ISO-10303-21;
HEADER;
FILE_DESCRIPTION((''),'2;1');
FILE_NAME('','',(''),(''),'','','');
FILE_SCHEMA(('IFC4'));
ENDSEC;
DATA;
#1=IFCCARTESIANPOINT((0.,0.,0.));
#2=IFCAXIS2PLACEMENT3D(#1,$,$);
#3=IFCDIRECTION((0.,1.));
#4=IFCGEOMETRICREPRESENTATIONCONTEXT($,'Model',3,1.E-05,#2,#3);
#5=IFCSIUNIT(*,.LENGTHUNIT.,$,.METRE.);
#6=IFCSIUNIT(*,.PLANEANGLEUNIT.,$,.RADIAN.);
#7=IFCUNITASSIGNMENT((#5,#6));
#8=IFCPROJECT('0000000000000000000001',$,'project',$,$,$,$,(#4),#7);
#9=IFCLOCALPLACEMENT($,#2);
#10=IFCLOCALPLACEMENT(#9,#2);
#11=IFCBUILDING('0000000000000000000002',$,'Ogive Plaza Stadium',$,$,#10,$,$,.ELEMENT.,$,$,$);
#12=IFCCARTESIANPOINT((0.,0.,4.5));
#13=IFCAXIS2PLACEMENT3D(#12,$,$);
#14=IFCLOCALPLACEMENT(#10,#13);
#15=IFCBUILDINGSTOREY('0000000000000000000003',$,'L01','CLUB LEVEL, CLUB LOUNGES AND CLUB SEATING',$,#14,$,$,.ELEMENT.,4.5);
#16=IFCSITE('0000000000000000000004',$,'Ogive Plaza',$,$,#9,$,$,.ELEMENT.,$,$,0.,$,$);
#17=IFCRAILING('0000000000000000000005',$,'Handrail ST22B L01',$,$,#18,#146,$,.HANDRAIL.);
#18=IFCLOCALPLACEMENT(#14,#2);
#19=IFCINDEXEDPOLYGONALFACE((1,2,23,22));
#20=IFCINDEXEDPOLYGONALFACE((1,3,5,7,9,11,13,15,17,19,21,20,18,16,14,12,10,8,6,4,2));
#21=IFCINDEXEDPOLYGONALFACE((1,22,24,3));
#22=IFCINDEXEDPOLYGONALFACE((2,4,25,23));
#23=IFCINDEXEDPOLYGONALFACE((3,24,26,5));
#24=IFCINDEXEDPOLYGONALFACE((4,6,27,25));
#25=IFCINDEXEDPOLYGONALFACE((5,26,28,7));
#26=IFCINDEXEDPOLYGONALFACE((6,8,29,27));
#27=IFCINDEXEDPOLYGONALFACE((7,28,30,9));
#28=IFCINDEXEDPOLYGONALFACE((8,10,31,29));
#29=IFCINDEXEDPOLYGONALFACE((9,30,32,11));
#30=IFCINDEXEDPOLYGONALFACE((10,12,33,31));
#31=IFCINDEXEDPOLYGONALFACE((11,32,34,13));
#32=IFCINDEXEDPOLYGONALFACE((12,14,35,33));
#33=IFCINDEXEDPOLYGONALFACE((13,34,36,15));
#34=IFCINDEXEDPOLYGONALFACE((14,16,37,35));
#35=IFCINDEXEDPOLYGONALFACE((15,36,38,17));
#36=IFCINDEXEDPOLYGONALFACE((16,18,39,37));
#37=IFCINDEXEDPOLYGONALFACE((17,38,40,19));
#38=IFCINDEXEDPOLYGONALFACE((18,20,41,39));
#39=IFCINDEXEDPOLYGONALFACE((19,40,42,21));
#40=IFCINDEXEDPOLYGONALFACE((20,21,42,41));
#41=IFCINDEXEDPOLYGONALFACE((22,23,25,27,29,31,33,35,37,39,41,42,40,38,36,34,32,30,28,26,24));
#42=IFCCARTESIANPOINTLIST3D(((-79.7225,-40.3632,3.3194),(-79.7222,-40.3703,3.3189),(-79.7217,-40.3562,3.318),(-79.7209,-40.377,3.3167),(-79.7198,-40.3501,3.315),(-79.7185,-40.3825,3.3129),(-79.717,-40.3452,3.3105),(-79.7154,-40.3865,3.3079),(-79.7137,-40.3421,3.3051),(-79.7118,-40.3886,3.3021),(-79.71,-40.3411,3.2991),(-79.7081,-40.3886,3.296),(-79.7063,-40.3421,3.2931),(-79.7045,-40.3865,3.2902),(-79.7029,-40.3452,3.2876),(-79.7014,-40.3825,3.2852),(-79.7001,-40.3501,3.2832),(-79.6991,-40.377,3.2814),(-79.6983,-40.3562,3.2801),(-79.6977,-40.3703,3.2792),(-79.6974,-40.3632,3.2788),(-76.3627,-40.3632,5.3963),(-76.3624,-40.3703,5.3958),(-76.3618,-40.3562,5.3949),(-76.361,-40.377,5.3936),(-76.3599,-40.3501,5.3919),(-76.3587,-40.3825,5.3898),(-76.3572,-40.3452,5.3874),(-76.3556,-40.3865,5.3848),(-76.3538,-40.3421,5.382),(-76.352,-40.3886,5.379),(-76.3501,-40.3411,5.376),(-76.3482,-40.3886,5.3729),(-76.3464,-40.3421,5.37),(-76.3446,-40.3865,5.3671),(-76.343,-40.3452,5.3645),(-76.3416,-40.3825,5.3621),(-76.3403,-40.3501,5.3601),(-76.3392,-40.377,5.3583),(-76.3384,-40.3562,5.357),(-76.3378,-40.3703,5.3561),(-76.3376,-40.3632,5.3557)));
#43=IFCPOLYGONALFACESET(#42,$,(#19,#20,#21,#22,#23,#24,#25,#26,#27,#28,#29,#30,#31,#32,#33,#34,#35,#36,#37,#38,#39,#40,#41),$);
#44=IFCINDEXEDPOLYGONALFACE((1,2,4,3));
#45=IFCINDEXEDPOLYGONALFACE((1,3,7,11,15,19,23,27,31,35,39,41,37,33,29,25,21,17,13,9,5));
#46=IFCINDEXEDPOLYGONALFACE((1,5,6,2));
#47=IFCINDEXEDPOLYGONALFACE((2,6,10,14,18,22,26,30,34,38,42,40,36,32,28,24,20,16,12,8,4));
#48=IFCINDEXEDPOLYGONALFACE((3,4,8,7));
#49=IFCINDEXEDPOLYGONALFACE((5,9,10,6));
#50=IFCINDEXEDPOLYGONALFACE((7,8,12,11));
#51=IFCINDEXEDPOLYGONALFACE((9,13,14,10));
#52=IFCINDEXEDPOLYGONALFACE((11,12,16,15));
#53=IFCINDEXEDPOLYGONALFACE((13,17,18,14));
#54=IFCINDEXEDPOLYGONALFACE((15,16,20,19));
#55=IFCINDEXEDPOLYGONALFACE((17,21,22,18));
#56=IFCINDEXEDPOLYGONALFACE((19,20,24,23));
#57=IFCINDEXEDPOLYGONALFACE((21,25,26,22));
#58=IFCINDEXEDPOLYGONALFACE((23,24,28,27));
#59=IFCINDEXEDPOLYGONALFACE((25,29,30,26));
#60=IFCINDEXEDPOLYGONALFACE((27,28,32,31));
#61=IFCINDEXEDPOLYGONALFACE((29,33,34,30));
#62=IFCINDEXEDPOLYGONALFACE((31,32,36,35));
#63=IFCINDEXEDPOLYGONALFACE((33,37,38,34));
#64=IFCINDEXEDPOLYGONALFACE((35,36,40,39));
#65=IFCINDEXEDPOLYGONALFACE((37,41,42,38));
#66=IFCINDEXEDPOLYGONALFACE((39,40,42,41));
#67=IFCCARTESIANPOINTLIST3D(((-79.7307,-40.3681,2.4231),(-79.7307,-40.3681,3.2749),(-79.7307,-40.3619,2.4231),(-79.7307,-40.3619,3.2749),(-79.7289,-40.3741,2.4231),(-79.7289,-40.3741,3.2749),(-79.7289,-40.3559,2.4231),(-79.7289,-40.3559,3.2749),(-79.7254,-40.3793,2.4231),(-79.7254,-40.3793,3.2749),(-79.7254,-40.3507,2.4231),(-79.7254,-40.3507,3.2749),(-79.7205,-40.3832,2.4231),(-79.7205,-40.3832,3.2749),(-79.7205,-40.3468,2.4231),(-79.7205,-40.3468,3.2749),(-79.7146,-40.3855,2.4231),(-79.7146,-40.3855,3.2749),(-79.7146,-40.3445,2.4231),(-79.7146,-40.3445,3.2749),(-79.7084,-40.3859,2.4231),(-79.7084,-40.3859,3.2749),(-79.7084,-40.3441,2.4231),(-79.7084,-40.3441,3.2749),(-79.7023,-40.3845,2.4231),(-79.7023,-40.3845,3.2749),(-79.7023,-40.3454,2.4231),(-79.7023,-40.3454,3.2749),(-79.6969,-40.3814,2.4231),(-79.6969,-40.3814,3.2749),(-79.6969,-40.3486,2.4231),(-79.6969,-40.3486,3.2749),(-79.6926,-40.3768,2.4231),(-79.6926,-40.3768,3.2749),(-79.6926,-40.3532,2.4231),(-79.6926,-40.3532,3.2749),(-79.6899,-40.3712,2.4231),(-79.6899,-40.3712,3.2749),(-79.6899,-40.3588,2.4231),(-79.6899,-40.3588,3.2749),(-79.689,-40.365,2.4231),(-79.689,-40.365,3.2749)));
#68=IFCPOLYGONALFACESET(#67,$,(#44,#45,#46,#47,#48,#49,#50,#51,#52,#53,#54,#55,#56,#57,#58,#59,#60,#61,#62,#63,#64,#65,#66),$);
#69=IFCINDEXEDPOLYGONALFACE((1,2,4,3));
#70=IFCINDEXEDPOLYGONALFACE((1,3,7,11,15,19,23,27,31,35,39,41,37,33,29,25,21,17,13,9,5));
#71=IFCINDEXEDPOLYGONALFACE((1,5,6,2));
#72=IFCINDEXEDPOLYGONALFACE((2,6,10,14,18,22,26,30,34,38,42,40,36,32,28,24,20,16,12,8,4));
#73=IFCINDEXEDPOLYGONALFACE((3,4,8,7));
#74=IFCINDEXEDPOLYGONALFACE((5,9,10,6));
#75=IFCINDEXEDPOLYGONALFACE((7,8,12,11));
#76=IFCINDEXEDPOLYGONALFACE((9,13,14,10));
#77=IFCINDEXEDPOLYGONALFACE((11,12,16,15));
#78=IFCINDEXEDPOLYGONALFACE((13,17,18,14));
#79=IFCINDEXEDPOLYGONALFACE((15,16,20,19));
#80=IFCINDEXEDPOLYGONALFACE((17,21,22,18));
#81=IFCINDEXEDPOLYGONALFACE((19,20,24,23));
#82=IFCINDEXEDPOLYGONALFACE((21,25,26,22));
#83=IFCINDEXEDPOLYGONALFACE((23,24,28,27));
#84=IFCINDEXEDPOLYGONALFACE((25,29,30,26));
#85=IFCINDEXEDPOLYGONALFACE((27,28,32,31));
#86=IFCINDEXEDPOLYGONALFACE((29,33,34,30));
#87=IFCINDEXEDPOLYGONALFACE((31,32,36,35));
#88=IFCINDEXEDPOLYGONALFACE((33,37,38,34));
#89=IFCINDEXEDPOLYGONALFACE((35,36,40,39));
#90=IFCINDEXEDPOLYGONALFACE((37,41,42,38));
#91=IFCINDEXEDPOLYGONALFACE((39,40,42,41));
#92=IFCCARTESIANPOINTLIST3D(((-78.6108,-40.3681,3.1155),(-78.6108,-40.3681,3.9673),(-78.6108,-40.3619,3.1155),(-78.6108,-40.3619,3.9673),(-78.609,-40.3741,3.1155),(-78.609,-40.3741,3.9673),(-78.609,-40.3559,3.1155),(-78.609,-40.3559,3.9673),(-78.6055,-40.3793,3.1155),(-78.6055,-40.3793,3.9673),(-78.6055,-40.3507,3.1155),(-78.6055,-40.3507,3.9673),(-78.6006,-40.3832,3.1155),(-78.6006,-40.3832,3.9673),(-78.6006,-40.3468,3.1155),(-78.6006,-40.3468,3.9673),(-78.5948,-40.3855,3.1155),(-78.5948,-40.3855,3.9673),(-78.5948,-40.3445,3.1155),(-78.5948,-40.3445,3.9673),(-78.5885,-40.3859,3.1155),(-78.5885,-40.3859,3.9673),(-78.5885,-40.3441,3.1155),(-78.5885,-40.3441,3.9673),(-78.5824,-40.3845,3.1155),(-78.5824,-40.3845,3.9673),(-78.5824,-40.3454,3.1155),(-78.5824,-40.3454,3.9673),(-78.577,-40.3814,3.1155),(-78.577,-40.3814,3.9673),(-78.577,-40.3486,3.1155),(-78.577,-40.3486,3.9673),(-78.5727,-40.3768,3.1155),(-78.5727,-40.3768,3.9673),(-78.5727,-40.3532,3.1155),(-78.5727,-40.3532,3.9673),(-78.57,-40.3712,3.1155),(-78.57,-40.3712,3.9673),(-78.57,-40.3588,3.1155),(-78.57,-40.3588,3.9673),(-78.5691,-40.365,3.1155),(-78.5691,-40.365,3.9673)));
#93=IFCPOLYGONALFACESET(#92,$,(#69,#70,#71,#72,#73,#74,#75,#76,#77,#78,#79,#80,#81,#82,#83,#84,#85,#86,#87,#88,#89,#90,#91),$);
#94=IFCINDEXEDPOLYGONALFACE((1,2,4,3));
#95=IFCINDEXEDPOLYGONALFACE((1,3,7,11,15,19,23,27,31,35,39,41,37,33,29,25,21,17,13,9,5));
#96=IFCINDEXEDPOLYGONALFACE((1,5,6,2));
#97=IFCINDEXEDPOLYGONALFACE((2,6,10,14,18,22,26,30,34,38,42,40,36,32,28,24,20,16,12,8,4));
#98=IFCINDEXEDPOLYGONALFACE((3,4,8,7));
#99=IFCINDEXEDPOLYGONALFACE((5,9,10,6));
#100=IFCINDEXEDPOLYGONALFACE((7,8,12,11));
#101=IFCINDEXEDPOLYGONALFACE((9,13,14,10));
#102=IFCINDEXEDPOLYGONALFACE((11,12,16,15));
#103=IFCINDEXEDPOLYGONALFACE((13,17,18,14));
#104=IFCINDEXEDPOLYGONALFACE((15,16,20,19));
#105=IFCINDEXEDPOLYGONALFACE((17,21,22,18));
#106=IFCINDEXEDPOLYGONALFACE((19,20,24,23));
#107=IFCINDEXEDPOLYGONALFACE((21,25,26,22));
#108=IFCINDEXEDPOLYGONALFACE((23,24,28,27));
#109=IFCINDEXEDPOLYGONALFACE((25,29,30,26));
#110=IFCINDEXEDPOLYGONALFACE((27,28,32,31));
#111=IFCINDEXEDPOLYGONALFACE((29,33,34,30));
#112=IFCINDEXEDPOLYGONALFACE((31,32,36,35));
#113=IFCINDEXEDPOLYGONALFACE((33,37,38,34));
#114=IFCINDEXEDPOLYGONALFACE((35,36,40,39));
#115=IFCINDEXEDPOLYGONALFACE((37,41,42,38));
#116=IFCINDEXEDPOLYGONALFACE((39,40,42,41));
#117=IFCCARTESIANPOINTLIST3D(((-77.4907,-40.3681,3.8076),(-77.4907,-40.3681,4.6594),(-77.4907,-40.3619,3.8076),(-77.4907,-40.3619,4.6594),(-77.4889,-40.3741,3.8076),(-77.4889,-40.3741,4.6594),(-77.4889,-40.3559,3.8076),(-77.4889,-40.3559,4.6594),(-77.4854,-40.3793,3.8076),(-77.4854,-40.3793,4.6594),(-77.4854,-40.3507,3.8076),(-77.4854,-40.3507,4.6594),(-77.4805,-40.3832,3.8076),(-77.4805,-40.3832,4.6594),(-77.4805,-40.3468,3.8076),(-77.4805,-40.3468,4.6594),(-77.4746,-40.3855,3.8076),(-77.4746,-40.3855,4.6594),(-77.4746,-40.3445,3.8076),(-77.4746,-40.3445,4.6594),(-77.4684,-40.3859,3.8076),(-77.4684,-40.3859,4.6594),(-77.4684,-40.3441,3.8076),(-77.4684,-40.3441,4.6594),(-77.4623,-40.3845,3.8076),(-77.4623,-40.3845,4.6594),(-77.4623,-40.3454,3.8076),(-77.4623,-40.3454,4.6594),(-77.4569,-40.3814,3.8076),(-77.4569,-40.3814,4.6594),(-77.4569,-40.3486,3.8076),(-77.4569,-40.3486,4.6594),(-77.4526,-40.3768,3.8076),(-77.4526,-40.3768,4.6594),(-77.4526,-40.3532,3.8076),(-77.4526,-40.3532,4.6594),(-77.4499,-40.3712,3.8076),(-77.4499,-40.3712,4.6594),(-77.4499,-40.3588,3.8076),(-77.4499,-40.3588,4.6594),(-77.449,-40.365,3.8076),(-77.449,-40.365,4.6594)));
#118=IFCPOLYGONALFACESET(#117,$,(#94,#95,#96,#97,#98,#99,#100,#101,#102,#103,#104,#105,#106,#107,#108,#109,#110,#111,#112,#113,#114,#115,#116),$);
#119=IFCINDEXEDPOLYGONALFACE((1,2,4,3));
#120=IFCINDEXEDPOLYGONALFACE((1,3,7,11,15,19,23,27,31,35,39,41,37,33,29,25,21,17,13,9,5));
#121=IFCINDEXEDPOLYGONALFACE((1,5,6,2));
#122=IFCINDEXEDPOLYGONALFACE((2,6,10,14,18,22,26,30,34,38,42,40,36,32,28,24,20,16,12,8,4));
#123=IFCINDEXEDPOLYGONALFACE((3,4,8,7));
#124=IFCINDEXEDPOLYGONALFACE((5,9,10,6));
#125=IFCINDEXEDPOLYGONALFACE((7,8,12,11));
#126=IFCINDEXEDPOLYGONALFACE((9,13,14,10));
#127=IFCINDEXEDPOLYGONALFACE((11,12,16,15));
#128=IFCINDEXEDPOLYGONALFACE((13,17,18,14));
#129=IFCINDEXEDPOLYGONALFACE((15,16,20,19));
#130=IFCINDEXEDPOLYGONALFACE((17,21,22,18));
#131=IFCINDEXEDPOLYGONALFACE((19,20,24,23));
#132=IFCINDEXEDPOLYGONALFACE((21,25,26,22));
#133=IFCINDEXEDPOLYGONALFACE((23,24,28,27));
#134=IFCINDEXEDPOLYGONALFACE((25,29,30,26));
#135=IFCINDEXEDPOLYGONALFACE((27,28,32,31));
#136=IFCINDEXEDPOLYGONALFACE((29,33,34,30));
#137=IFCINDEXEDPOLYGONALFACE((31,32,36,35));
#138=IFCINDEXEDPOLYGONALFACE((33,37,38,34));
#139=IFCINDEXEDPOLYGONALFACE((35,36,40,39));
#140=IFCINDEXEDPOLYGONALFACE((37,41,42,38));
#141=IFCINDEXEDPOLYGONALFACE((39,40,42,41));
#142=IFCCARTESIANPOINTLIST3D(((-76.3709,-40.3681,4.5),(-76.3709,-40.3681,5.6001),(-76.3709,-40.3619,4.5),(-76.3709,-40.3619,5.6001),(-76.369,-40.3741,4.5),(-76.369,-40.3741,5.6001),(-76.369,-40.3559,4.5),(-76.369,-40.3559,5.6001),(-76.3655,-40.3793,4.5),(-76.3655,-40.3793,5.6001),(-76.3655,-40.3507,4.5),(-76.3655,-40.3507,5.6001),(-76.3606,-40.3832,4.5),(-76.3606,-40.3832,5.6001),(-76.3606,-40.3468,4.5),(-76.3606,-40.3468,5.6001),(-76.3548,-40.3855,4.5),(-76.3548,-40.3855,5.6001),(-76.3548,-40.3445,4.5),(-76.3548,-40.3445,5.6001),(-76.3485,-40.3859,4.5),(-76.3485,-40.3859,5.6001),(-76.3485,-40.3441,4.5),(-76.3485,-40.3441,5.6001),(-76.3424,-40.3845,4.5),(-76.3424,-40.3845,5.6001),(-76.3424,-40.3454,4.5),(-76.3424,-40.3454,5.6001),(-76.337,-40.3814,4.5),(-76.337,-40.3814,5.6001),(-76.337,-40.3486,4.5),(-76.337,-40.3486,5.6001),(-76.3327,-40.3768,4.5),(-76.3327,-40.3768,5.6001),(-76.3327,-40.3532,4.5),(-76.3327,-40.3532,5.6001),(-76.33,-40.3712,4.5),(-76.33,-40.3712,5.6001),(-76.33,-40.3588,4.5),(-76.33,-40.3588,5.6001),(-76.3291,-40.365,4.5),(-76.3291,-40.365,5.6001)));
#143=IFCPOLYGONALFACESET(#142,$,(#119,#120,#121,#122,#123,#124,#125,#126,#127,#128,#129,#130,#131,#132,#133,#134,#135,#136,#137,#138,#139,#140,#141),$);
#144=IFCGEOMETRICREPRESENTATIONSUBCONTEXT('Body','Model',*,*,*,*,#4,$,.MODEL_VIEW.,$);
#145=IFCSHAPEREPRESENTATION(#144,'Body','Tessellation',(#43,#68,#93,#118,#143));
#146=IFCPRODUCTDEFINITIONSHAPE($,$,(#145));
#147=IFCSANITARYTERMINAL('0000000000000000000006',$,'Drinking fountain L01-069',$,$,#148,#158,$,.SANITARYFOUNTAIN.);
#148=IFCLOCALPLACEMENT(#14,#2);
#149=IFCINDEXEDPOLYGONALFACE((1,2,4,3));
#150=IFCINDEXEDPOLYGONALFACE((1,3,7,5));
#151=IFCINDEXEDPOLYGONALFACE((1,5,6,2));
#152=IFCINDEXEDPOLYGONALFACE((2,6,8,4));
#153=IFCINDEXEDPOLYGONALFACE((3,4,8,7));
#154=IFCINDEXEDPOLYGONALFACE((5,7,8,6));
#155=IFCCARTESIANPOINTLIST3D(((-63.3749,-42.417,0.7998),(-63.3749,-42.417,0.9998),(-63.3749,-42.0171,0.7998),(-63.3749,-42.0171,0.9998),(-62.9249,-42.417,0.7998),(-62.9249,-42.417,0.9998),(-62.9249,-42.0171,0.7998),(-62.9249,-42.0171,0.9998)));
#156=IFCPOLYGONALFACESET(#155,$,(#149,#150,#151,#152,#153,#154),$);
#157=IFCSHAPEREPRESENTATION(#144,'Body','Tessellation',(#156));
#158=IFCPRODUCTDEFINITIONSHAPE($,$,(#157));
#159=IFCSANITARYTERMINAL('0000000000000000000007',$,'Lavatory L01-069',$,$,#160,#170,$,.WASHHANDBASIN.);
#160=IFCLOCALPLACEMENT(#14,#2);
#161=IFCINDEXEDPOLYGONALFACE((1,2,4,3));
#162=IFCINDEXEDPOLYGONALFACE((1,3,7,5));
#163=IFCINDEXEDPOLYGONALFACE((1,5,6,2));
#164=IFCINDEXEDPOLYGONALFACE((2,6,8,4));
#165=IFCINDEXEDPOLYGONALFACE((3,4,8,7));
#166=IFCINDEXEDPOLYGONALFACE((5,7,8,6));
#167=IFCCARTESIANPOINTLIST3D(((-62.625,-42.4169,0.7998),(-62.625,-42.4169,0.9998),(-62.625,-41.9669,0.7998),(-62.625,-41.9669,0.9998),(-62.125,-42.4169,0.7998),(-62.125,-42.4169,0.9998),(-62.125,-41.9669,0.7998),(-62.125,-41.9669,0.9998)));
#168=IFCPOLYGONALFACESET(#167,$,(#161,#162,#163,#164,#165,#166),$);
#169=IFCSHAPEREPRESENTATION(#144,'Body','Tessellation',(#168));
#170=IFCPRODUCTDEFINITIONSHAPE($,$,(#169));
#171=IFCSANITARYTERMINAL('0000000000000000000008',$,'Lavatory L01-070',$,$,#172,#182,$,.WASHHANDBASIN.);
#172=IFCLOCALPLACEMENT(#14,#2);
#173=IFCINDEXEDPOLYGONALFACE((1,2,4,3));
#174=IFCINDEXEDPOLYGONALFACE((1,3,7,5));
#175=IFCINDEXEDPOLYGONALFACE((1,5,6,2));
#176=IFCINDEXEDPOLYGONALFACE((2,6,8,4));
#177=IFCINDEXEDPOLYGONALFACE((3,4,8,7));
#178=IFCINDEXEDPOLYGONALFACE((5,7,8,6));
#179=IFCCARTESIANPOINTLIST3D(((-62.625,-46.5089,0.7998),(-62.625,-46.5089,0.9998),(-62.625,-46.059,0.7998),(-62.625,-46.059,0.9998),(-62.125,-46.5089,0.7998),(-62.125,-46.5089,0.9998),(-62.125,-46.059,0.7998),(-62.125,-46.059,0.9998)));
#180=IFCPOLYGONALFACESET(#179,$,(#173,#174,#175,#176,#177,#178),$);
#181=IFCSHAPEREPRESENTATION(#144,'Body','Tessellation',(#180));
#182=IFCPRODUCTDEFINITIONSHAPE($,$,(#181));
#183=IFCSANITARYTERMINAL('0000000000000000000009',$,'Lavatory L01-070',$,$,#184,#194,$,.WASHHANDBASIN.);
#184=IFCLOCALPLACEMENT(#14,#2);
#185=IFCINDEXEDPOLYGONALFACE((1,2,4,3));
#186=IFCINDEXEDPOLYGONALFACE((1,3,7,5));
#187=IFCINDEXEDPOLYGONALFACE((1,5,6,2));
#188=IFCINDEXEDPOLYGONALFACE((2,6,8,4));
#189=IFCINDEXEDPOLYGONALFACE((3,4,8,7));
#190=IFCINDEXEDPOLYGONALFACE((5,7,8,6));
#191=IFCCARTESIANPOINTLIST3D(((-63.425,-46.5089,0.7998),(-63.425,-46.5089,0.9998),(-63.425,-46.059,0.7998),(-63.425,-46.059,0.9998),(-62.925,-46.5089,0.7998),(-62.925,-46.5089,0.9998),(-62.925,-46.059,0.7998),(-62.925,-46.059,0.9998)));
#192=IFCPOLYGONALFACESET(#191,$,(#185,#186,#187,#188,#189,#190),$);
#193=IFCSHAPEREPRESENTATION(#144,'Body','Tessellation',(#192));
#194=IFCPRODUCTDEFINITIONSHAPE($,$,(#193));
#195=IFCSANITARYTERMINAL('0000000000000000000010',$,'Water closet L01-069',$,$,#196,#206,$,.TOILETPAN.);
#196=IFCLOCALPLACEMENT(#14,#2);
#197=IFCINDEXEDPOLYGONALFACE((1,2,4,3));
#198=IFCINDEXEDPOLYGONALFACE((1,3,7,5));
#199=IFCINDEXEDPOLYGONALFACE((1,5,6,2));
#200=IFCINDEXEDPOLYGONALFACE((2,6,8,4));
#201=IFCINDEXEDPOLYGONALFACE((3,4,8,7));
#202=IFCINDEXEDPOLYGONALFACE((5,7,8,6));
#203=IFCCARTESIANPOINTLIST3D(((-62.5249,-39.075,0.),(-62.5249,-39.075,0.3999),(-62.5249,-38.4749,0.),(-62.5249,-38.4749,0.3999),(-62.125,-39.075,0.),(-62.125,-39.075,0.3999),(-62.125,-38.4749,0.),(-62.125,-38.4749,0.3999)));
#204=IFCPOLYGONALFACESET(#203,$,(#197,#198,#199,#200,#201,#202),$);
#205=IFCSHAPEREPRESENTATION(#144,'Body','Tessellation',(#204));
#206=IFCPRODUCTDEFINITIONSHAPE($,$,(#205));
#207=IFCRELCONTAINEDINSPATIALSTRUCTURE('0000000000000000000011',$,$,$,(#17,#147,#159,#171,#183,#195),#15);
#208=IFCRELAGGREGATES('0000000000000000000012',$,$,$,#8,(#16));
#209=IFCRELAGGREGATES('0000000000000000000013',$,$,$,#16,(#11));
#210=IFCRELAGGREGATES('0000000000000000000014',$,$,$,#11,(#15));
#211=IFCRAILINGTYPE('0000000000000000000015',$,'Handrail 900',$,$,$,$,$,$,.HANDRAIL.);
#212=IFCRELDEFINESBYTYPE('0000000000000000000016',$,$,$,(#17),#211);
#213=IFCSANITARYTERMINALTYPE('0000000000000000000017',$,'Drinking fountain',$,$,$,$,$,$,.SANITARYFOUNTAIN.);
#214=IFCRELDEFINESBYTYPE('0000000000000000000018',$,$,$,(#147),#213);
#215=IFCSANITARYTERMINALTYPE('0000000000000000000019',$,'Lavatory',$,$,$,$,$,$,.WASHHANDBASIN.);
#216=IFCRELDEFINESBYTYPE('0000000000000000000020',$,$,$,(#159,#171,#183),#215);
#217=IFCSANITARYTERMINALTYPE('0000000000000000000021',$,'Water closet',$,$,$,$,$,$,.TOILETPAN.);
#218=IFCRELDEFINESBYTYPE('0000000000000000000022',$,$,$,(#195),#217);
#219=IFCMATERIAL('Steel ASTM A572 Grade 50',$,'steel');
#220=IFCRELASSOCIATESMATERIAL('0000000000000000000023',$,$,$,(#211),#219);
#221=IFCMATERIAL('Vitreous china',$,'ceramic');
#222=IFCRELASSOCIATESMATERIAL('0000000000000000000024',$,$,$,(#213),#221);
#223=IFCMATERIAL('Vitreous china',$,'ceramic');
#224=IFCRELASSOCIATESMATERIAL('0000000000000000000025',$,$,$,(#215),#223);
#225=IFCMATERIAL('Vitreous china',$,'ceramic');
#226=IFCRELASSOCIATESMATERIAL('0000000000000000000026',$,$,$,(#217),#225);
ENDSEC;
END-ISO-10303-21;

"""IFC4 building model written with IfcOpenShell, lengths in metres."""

from ifc_helpers import new_model, si_unit, direction, frame, origin, origin_2d, place, context, subcontext, project, spatial, rectangle, circle, extrude, material, type_object, element, save


model = new_model("IFC4")

# Units and contexts
model_context = context("Model", 3, precision=1e-05, world=origin(), true_north=direction((0.0, 1.0)))
body_context = subcontext(model_context, "Body", "Model", "MODEL_VIEW")
ifc_project = project(units=[si_unit("LENGTHUNIT", "METRE"), si_unit("PLANEANGLEUNIT", "RADIAN")], contexts=[model_context])

# Site, building, storey
site_placement = place(None, origin())
site = spatial("IfcSite", under=ifc_project, at=site_placement, Name="Ogive Plaza", CompositionType="ELEMENT", RefElevation=0.0)
building_placement = place(site_placement, origin())
building = spatial("IfcBuilding", under=site, at=building_placement, Name="Ogive Plaza Stadium", CompositionType="ELEMENT")
storey_placement = place(building_placement, frame((0.0, 0.0, 4.5)))
storey = spatial("IfcBuildingStorey", under=building, at=storey_placement, Name="L01", Description="CLUB LEVEL, CLUB LOUNGES AND CLUB SEATING", CompositionType="ELEMENT", Elevation=4.5)

# Railing
ifc_material_1 = material(Name="Steel ASTM A572 Grade 50", Category="steel")
railing_type_1 = type_object("IfcRailingType", Name="Handrail 900", PredefinedType="HANDRAIL", material=ifc_material_1)
railing_placement = place(storey_placement, frame((-79.71, -40.365, 2.4231)))
element("IfcRailing", 1, at=railing_placement, inside=storey, type_object=railing_type_1, Name="Handrail ST22B L01", PredefinedType="HANDRAIL", context=body_context, shape_type="SweptSolid", body=[
    extrude(circle(Radius=0.0239, at=origin_2d()), frame((0.0, 0.0, 0.876), z_axis=(0.850606, 0.0, 0.525803), x_axis=(0.0, 1.0, 0.0)), (0.0, 0.0, 1.0), 3.95),
    extrude(circle(Radius=0.021, at=origin_2d()), origin(), (0.0, 0.0, 1.0), 0.8518),
    extrude(circle(Radius=0.021, at=origin_2d()), frame((1.1199, 0.0, 0.6924)), (0.0, 0.0, 1.0), 0.8518),
    extrude(circle(Radius=0.021, at=origin_2d()), frame((2.24, 0.0, 1.3845)), (0.0, 0.0, 1.0), 0.8518),
    extrude(circle(Radius=0.021, at=origin_2d()), frame((3.3599, 0.0, 2.0769)), (0.0, 0.0, 1.0), 1.1001),
])

# Sanitary terminals
ifc_material_2 = material(Name="Vitreous china", Category="ceramic")
sanitary_terminal_type_1 = type_object("IfcSanitaryTerminalType", Name="Drinking fountain", PredefinedType="SANITARYFOUNTAIN", material=ifc_material_2)
sanitary_terminal_placement = place(storey_placement, frame((-63.1499, -42.217, 0.7998), z_axis=(0.0, 0.0, 1.0), x_axis=(-1.0, 0.0, 0.0)))
element("IfcSanitaryTerminal", 2, at=sanitary_terminal_placement, inside=storey, type_object=sanitary_terminal_type_1, Name="Drinking fountain L01-069", PredefinedType="SANITARYFOUNTAIN", context=body_context, shape_type="SweptSolid", body=[
    extrude(rectangle(XDim=0.45, YDim=0.3999, at=origin_2d()), origin(), (0.0, 0.0, 1.0), 0.2),
])
ifc_material_3 = material(Name="Vitreous china", Category="ceramic")
sanitary_terminal_type_2 = type_object("IfcSanitaryTerminalType", Name="Lavatory", PredefinedType="WASHHANDBASIN", material=ifc_material_3)
for number, where, z_axis, x_axis, name in (
    (3, (-62.375, -42.1919, 0.7998), (0.0, 0.0, 1.0), (-1.0, 0.0, 0.0), "Lavatory L01-069"),
    (4, (-62.375, -46.2839, 0.7998), (0.0, 0.0, 1.0), (-1.0, 0.0, 0.0), "Lavatory L01-070"),
    (5, (-63.175, -46.2839, 0.7998), (0.0, 0.0, 1.0), (-1.0, 0.0, 0.0), "Lavatory L01-070"),
):
    element("IfcSanitaryTerminal", number, at=place(storey_placement, frame(where, z_axis=z_axis, x_axis=x_axis)), inside=storey, type_object=sanitary_terminal_type_2, Name=name, PredefinedType="WASHHANDBASIN", context=body_context, shape_type="SweptSolid", body=[
        extrude(rectangle(XDim=0.5, YDim=0.45, at=origin_2d()), origin(), (0.0, 0.0, 1.0), 0.2),
    ])
ifc_material_4 = material(Name="Vitreous china", Category="ceramic")
sanitary_terminal_type_3 = type_object("IfcSanitaryTerminalType", Name="Water closet", PredefinedType="TOILETPAN", material=ifc_material_4)
for number, where, z_axis, x_axis, name in (
    (6, (-62.325, -38.7749, 0.0), (0.0, 0.0, 1.0), (-1.0, 0.0, 0.0), "Water closet L01-069"),
):
    element("IfcSanitaryTerminal", number, at=place(storey_placement, frame(where, z_axis=z_axis, x_axis=x_axis)), inside=storey, type_object=sanitary_terminal_type_3, Name=name, PredefinedType="TOILETPAN", context=body_context, shape_type="SweptSolid", body=[
        extrude(rectangle(XDim=0.3999, YDim=0.6001, at=origin_2d()), origin(), (0.0, 0.0, 1.0), 0.3999),
    ])

save(model, "model.ifc")
